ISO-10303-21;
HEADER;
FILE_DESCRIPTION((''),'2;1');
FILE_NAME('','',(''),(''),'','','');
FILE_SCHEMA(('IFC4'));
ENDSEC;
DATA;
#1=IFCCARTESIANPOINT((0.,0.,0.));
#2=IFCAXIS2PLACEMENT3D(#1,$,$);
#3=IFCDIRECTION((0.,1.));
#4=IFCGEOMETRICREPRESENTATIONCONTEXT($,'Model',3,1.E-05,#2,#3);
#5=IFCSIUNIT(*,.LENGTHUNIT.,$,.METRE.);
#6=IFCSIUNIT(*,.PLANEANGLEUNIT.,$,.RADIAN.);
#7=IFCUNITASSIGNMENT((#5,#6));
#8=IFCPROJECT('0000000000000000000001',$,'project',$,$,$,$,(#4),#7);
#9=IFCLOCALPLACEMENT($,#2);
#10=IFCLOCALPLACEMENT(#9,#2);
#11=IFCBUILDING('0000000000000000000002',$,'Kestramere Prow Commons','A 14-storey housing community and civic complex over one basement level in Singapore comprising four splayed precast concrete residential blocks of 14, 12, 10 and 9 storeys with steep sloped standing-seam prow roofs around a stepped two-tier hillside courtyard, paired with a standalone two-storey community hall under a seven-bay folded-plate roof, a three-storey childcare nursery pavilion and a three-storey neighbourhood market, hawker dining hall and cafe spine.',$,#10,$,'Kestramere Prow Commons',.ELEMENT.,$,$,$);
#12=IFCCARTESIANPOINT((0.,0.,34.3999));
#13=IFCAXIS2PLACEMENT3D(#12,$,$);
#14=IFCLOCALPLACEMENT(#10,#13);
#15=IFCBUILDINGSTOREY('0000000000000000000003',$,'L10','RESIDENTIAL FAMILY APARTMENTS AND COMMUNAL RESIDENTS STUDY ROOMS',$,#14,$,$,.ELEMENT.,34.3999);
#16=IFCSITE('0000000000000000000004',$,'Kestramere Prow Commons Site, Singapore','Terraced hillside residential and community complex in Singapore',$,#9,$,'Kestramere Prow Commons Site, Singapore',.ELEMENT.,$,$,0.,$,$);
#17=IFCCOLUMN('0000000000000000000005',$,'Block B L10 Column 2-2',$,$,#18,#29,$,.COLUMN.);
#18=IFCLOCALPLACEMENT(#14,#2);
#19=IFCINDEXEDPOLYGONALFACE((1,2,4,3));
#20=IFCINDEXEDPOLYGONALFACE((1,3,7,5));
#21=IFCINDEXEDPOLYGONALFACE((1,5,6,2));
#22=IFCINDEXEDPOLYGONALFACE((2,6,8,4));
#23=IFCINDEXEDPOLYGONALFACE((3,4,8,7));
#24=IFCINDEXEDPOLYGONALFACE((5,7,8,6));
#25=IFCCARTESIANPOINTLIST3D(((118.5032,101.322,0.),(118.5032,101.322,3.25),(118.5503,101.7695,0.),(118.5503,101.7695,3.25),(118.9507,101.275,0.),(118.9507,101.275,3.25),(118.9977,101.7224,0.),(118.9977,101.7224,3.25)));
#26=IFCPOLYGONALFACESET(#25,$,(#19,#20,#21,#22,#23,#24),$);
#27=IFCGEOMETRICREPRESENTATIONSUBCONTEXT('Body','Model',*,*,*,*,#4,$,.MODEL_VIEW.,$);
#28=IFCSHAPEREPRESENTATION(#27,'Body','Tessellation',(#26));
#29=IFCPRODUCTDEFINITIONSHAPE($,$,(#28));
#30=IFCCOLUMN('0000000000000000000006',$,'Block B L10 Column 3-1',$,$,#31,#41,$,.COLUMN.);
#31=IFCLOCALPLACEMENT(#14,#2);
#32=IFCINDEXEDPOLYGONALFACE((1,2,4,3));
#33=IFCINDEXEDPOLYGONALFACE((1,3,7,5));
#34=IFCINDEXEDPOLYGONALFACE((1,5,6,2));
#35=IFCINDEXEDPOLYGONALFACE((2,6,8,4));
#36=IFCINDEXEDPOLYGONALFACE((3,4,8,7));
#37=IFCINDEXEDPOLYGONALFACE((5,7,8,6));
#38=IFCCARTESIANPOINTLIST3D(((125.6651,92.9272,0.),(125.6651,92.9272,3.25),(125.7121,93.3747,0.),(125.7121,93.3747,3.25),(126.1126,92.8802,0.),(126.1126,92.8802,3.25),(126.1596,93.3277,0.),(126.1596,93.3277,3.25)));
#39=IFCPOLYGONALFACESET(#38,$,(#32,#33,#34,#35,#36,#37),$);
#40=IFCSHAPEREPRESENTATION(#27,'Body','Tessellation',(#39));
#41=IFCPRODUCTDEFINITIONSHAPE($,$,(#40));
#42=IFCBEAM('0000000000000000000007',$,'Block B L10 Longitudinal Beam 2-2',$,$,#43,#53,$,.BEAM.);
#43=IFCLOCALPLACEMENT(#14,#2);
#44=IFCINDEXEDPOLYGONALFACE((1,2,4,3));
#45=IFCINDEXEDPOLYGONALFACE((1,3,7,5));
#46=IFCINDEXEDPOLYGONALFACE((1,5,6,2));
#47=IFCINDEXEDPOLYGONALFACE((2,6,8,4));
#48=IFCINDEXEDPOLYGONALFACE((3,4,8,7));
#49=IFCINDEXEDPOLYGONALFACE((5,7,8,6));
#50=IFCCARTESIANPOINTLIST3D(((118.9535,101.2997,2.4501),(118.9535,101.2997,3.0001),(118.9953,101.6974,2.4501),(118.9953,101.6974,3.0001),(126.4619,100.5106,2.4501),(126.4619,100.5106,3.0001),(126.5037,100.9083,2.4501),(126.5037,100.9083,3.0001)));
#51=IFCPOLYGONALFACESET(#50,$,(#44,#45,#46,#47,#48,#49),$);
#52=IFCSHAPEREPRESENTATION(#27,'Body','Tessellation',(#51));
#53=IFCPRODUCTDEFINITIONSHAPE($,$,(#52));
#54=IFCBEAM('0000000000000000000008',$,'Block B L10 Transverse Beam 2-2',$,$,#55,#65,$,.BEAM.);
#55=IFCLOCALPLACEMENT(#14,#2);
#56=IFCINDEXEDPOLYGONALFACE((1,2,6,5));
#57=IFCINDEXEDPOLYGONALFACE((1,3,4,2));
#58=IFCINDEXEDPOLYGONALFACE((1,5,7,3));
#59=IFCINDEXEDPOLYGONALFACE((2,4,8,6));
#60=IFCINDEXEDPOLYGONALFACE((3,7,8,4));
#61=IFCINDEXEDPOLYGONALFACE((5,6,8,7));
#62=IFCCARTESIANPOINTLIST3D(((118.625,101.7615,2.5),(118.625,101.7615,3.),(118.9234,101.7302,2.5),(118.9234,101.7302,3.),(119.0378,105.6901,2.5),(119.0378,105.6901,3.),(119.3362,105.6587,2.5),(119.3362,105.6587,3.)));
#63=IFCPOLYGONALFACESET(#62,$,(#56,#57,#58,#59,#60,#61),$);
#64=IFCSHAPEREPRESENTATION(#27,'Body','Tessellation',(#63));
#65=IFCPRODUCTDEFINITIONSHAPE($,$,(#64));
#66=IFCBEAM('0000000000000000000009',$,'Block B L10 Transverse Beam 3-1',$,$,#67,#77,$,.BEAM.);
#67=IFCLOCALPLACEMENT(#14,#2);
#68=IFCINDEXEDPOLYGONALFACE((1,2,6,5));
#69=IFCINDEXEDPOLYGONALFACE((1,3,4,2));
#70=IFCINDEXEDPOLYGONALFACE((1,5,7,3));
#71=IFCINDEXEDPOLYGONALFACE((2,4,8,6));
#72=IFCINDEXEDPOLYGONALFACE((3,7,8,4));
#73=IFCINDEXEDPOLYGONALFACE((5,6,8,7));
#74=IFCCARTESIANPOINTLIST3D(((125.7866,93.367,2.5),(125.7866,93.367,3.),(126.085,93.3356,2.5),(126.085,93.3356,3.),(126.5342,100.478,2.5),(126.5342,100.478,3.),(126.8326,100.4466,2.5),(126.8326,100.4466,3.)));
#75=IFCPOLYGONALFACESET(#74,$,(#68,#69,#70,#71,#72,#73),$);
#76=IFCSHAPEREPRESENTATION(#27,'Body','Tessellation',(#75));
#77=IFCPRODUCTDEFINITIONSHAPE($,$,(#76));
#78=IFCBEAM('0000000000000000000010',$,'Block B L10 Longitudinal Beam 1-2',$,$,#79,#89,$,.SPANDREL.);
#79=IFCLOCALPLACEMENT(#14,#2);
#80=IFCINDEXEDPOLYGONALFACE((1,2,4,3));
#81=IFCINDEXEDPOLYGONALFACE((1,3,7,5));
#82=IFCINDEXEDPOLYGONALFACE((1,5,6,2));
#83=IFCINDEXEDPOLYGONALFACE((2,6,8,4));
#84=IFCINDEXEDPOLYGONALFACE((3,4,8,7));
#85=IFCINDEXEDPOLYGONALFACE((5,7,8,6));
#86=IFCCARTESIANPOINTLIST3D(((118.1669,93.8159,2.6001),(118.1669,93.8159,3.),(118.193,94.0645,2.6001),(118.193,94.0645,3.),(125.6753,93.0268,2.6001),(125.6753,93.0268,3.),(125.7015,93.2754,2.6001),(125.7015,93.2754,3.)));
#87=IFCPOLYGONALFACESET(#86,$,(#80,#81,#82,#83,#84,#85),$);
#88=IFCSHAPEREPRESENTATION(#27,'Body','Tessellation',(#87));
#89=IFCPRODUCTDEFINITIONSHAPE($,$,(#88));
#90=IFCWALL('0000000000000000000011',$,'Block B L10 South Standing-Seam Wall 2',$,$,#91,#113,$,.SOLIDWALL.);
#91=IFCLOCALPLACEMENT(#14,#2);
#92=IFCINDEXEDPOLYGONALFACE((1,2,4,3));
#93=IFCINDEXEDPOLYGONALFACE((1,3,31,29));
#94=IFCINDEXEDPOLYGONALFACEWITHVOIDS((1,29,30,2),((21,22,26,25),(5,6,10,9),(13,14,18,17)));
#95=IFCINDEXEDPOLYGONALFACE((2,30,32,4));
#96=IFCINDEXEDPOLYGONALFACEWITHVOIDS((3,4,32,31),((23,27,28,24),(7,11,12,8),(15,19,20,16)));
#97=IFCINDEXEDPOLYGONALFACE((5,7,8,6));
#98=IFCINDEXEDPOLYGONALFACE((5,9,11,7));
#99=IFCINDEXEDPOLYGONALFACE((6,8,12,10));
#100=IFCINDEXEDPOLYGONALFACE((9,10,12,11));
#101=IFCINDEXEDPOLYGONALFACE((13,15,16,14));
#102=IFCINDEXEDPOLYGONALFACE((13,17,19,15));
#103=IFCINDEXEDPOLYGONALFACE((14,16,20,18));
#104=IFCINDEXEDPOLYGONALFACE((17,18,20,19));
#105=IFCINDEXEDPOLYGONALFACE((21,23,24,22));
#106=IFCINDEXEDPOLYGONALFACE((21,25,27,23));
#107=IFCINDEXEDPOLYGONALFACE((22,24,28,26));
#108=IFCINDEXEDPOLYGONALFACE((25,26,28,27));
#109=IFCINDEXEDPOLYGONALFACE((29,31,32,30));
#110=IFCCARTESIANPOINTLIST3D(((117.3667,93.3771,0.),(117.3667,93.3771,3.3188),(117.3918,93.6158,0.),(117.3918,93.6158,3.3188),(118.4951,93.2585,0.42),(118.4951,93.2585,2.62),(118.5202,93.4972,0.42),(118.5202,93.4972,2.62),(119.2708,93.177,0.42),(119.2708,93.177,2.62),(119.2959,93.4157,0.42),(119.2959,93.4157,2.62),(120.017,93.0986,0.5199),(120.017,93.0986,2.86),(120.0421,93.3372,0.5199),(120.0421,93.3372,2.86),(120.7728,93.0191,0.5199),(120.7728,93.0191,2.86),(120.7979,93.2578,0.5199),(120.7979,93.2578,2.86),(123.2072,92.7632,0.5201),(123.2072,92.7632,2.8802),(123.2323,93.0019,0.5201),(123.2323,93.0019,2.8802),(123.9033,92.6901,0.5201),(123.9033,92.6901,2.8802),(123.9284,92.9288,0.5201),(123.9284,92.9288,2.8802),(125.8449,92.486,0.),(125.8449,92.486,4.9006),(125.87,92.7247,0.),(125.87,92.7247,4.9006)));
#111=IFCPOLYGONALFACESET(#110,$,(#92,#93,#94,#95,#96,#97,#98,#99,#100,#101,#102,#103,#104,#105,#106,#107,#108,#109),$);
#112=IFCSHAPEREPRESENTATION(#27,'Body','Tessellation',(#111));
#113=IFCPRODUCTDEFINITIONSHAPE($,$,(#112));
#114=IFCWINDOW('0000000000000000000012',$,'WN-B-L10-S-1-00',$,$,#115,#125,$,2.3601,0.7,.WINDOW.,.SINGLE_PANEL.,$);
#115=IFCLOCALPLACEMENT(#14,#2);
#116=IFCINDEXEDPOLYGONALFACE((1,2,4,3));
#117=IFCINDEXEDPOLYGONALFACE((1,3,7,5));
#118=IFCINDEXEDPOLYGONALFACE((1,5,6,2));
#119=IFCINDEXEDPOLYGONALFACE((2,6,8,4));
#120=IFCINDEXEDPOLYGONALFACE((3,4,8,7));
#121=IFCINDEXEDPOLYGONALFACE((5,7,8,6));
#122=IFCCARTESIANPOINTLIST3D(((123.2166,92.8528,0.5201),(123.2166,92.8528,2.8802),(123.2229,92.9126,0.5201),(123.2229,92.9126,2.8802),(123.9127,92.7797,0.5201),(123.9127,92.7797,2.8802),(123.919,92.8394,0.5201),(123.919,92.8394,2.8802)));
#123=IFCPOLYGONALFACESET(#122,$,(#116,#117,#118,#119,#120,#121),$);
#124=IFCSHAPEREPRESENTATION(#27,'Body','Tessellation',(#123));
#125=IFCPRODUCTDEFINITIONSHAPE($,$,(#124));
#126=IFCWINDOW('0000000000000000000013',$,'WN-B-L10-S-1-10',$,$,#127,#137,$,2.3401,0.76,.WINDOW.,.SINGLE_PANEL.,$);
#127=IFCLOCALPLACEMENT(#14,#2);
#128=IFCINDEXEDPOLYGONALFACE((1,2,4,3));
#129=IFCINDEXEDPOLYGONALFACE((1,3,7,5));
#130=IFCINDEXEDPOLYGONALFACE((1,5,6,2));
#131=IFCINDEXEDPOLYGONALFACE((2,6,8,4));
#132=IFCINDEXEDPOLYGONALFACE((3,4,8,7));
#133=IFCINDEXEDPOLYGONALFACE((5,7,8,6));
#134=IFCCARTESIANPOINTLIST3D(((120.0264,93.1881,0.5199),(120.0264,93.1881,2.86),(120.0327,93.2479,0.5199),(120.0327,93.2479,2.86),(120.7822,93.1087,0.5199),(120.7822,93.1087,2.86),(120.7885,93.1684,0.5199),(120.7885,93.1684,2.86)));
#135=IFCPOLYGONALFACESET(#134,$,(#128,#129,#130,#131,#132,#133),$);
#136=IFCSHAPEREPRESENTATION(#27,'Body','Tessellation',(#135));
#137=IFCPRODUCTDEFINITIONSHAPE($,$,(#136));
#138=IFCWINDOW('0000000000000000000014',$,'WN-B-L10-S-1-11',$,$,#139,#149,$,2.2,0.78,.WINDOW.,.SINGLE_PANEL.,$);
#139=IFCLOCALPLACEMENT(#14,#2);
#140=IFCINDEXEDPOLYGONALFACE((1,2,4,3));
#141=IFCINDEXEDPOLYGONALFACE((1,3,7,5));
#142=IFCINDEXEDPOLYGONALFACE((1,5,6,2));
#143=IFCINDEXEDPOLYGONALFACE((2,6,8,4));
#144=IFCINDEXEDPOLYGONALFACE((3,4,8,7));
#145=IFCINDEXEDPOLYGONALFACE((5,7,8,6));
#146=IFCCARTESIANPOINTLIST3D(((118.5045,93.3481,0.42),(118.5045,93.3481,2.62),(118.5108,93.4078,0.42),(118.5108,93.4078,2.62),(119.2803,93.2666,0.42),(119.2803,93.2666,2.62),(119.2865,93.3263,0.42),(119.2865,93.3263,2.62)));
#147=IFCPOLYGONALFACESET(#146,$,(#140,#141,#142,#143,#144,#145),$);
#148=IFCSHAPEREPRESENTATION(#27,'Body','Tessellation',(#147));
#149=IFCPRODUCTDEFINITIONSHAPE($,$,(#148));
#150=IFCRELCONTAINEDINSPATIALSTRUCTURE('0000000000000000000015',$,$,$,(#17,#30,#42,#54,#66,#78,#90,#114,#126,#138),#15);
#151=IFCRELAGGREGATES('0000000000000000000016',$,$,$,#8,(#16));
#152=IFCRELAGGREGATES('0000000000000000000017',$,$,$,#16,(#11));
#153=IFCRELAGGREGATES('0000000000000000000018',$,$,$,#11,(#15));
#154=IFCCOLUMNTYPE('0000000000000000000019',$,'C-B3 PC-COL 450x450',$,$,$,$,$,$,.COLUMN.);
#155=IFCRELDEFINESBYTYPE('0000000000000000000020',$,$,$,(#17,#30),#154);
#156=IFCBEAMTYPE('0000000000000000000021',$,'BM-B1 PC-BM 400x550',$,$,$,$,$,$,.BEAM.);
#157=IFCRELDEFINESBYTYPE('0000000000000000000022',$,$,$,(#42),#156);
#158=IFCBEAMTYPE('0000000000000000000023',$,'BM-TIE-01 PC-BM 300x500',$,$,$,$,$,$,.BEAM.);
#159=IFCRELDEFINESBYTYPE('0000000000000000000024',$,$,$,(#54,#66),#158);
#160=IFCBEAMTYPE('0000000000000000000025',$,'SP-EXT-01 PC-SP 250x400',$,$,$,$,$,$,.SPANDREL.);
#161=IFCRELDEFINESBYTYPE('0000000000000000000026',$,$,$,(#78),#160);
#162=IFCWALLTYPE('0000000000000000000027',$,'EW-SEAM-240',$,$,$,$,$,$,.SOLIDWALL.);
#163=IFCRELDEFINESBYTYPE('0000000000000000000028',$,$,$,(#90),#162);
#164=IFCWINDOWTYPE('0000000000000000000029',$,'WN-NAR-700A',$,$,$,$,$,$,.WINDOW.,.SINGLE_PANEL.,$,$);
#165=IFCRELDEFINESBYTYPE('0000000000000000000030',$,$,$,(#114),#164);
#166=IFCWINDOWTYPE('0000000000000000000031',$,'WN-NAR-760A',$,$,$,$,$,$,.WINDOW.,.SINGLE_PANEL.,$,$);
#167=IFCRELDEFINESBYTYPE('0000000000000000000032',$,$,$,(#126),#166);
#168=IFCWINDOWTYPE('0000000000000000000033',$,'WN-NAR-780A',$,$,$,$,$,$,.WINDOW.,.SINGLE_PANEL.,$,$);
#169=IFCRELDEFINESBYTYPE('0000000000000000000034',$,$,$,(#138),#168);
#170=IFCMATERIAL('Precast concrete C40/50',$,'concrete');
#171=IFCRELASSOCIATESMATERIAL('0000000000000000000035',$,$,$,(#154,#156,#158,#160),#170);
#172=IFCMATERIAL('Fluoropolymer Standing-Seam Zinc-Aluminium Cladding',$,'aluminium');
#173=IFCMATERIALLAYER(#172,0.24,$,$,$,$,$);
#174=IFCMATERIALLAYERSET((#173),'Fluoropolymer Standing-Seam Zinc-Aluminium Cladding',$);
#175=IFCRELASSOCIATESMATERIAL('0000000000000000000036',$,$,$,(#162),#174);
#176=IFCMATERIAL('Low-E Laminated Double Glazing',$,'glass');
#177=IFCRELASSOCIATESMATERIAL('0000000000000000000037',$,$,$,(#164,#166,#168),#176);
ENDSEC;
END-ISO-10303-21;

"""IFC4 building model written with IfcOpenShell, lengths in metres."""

from ifc_helpers import new_model, si_unit, direction, frame, frame_2d, origin, origin_2d, place, context, subcontext, project, spatial, polyline, rectangle, outline, extrude, material, layer, layer_set, material_profile, profile_set, type_object, element, fill, save


model = new_model("IFC4")

# Units and contexts
model_context = context("Model", 3, precision=1e-05, world=origin(), true_north=direction((0.0, 1.0)))
body_context = subcontext(model_context, "Body", "Model", "MODEL_VIEW")
ifc_project = project(units=[si_unit("LENGTHUNIT", "METRE"), si_unit("PLANEANGLEUNIT", "RADIAN")], contexts=[model_context])

# Site, building, storey
site_placement = place(None, origin())
site = spatial("IfcSite", under=ifc_project, at=site_placement, Name="Kestramere Prow Commons Site, Singapore", Description="Terraced hillside residential and community complex in Singapore", LongName="Kestramere Prow Commons Site, Singapore", CompositionType="ELEMENT", RefElevation=0.0)
building_placement = place(site_placement, origin())
building = spatial("IfcBuilding", under=site, at=building_placement, Name="Kestramere Prow Commons", Description="A 14-storey housing community and civic complex over one basement level in Singapore comprising four splayed precast concrete residential blocks of 14, 12, 10 and 9 storeys with steep sloped standing-seam prow roofs around a stepped two-tier hillside courtyard, paired with a standalone two-storey community hall under a seven-bay folded-plate roof, a three-storey childcare nursery pavilion and a three-storey neighbourhood market, hawker dining hall and cafe spine.", LongName="Kestramere Prow Commons", CompositionType="ELEMENT")
storey_placement = place(building_placement, frame((0.0, 0.0, 34.3999)))
storey = spatial("IfcBuildingStorey", under=building, at=storey_placement, Name="L10", Description="RESIDENTIAL FAMILY APARTMENTS AND COMMUNAL RESIDENTS STUDY ROOMS", CompositionType="ELEMENT", Elevation=34.3999)

# Columns
ifc_material_1 = material(Name="Precast concrete C40/50", Category="concrete")
ifc_material_profile_1 = material_profile(ifc_material_1, rectangle(XDim=0.45, YDim=0.45, at=origin_2d()), Name="PC-COL 450x450")
ifc_profile_set_1 = profile_set([ifc_material_profile_1], Name="Precast concrete C40/50")
column_type = type_object("IfcColumnType", Name="C-B3 PC-COL 450x450", PredefinedType="COLUMN", material=ifc_profile_set_1)
for number, where, z_axis, x_axis, name in (
    (1, (118.7505, 101.5222, 0.0), (0.0, 0.0, 1.0), (0.994522, -0.104528, 0.0), "Block B L10 Column 2-2"),
    (2, (125.9124, 93.1274, 0.0), (0.0, 0.0, 1.0), (0.994522, -0.104528, 0.0), "Block B L10 Column 3-1"),
):
    element("IfcColumn", number, at=place(storey_placement, frame(where, z_axis=z_axis, x_axis=x_axis)), inside=storey, type_object=column_type, Name=name, PredefinedType="COLUMN", context=body_context, shape_type="SweptSolid", body=[
        extrude(rectangle(XDim=0.45, YDim=0.45, at=origin_2d()), origin(), (0.0, 0.0, 1.0), 3.25),
    ])

# Beams
ifc_material_profile_2 = material_profile(ifc_material_1, rectangle(XDim=0.3999, YDim=0.55, at=origin_2d()), Name="PC-BM 400x550")
ifc_profile_set_2 = profile_set([ifc_material_profile_2], Name="Precast concrete C40/50")
beam_type_1 = type_object("IfcBeamType", Name="BM-B1 PC-BM 400x550", PredefinedType="BEAM", material=ifc_profile_set_2)
beam_1_placement = place(storey_placement, frame((118.9744, 101.4985, 2.7251), z_axis=(0.994524, -0.104513, 0.0), x_axis=(0.104513, 0.994524, 0.0)))
element("IfcBeam", 3, at=beam_1_placement, inside=storey, type_object=beam_type_1, Name="Block B L10 Longitudinal Beam 2-2", PredefinedType="BEAM", context=body_context, shape_type="SweptSolid", body=[
    extrude(rectangle(XDim=0.3999, YDim=0.55, at=origin_2d()), origin(), (0.0, 0.0, 1.0), 7.5498),
])
ifc_material_profile_3 = material_profile(ifc_material_1, rectangle(XDim=0.3, YDim=0.5, at=origin_2d()), Name="PC-BM 300x500")
ifc_profile_set_3 = profile_set([ifc_material_profile_3], Name="Precast concrete C40/50")
beam_type_2 = type_object("IfcBeamType", Name="BM-TIE-01 PC-BM 300x500", PredefinedType="BEAM", material=ifc_profile_set_3)
beam_2_placement = place(storey_placement, frame((118.7742, 101.7458, 2.75), z_axis=(0.104514, 0.994523, 0.0), x_axis=(-0.994523, 0.104514, 0.0)))
element("IfcBeam", 4, at=beam_2_placement, inside=storey, type_object=beam_type_2, Name="Block B L10 Transverse Beam 2-2", PredefinedType="BEAM", context=body_context, shape_type="SweptSolid", body=[
    extrude(rectangle(XDim=0.3, YDim=0.5, at=origin_2d()), origin(), (0.0, 0.0, 1.0), 3.9502),
])
beam_3_placement = place(storey_placement, frame((125.9358, 93.3513, 2.75), z_axis=(0.104553, 0.994519, 0.0), x_axis=(-0.994519, 0.104553, 0.0)))
element("IfcBeam", 5, at=beam_3_placement, inside=storey, type_object=beam_type_2, Name="Block B L10 Transverse Beam 3-1", PredefinedType="BEAM", context=body_context, shape_type="SweptSolid", body=[
    extrude(rectangle(XDim=0.3, YDim=0.5, at=origin_2d()), origin(), (0.0, 0.0, 1.0), 7.1501),
])
ifc_material_profile_4 = material_profile(ifc_material_1, rectangle(XDim=0.25, YDim=0.3999, at=origin_2d()), Name="PC-SP 250x400")
ifc_profile_set_4 = profile_set([ifc_material_profile_4], Name="Precast concrete C40/50")
beam_type_3 = type_object("IfcBeamType", Name="SP-EXT-01 PC-SP 250x400", PredefinedType="SPANDREL", material=ifc_profile_set_4)
beam_4_placement = place(storey_placement, frame((118.1799, 93.9402, 2.8), z_axis=(0.994524, -0.104513, 0.0), x_axis=(0.104513, 0.994524, 0.0)))
element("IfcBeam", 6, at=beam_4_placement, inside=storey, type_object=beam_type_3, Name="Block B L10 Longitudinal Beam 1-2", PredefinedType="SPANDREL", context=body_context, shape_type="SweptSolid", body=[
    extrude(rectangle(XDim=0.25, YDim=0.3999, at=origin_2d()), origin(), (0.0, 0.0, 1.0), 7.5498),
])

# Wall, openings, windows
ifc_material_2 = material(Name="Fluoropolymer Standing-Seam Zinc-Aluminium Cladding", Category="aluminium")
ifc_layer_1 = layer(ifc_material_2, 0.24)
ifc_layer_set_1 = layer_set([ifc_layer_1], Name="Fluoropolymer Standing-Seam Zinc-Aluminium Cladding")
wall_type_1 = type_object("IfcWallType", Name="EW-SEAM-240", PredefinedType="SOLIDWALL", material=ifc_layer_set_1)
wall_1_placement = place(storey_placement, frame((125.8574, 92.6055, 0.0), z_axis=(0.0, 0.0, 1.0), x_axis=(-0.994522, 0.10453, 0.0)))
wall_1 = element("IfcWall", 7, at=wall_1_placement, inside=storey, type_object=wall_type_1, Name="Block B L10 South Standing-Seam Wall 2", PredefinedType="SOLIDWALL", context=body_context, shape_type="SweptSolid", body=[
    extrude(outline(polyline([(0.0, 0.0), (8.5249, 0.0), (8.5249, 3.3188), (0.0, 4.9006), (0.0, 0.0)])), frame((0.0, 0.1201, 0.0), z_axis=(0.0, -1.0, 0.0), x_axis=(1.0, 0.0, 0.0)), (0.0, 0.0, 1.0), 0.24),
])
opening_1_placement = place(wall_1_placement, frame((1.9521, 0.0, 0.52)))
opening_1 = element("IfcOpeningElement", 8, at=opening_1_placement, cuts=wall_1, PredefinedType="OPENING", context=body_context, shape_type="SweptSolid", body=[
    extrude(rectangle(XDim=0.7, YDim=2.3601, at=frame_2d((0.3501, 1.1802))), frame((0.0, 0.135, 0.0), z_axis=(0.0, -1.0, 0.0), x_axis=(1.0, 0.0, 0.0)), (0.0, 0.0, 1.0), 0.27),
])
opening_2_placement = place(wall_1_placement, frame((5.1001, 0.0, 0.52)))
opening_2 = element("IfcOpeningElement", 9, at=opening_2_placement, cuts=wall_1, PredefinedType="OPENING", context=body_context, shape_type="SweptSolid", body=[
    extrude(rectangle(XDim=0.76, YDim=2.3401, at=frame_2d((0.3799, 1.1699))), frame((0.0, 0.135, 0.0), z_axis=(0.0, -1.0, 0.0), x_axis=(1.0, 0.0, 0.0)), (0.0, 0.0, 1.0), 0.27),
])
opening_3_placement = place(wall_1_placement, frame((6.6101, 0.0, 0.4199)))
opening_3 = element("IfcOpeningElement", 10, at=opening_3_placement, cuts=wall_1, PredefinedType="OPENING", context=body_context, shape_type="SweptSolid", body=[
    extrude(rectangle(XDim=0.78, YDim=2.2, at=frame_2d((0.3901, 1.1001))), frame((0.0, 0.135, 0.0), z_axis=(0.0, -1.0, 0.0), x_axis=(1.0, 0.0, 0.0)), (0.0, 0.0, 1.0), 0.27),
])
ifc_material_3 = material(Name="Low-E Laminated Double Glazing", Category="glass")
window_type_1 = type_object("IfcWindowType", Name="WN-NAR-700A", PartitioningType="SINGLE_PANEL", PredefinedType="WINDOW", material=ifc_material_3)
window_1_placement = place(opening_1_placement, origin())
window_1 = element("IfcWindow", 11, at=window_1_placement, inside=storey, type_object=window_type_1, Name="WN-B-L10-S-1-00", OverallHeight=2.3601, OverallWidth=0.7, PartitioningType="SINGLE_PANEL", PredefinedType="WINDOW", context=body_context, shape_type="SweptSolid", body=[
    extrude(rectangle(XDim=0.7, YDim=2.3601, at=frame_2d((0.3501, 1.1802))), frame((0.0, 0.03, 0.0), z_axis=(0.0, -1.0, 0.0), x_axis=(1.0, 0.0, 0.0)), (0.0, 0.0, 1.0), 0.0601),
])
fill(opening_1, window_1)
window_type_2 = type_object("IfcWindowType", Name="WN-NAR-760A", PartitioningType="SINGLE_PANEL", PredefinedType="WINDOW", material=ifc_material_3)
window_2_placement = place(opening_2_placement, origin())
window_2 = element("IfcWindow", 12, at=window_2_placement, inside=storey, type_object=window_type_2, Name="WN-B-L10-S-1-10", OverallHeight=2.3401, OverallWidth=0.76, PartitioningType="SINGLE_PANEL", PredefinedType="WINDOW", context=body_context, shape_type="SweptSolid", body=[
    extrude(rectangle(XDim=0.76, YDim=2.3401, at=frame_2d((0.3799, 1.1699))), frame((0.0, 0.03, 0.0), z_axis=(0.0, -1.0, 0.0), x_axis=(1.0, 0.0, 0.0)), (0.0, 0.0, 1.0), 0.0601),
])
fill(opening_2, window_2)
window_type_3 = type_object("IfcWindowType", Name="WN-NAR-780A", PartitioningType="SINGLE_PANEL", PredefinedType="WINDOW", material=ifc_material_3)
window_3_placement = place(opening_3_placement, origin())
window_3 = element("IfcWindow", 13, at=window_3_placement, inside=storey, type_object=window_type_3, Name="WN-B-L10-S-1-11", OverallHeight=2.2, OverallWidth=0.78, PartitioningType="SINGLE_PANEL", PredefinedType="WINDOW", context=body_context, shape_type="SweptSolid", body=[
    extrude(rectangle(XDim=0.78, YDim=2.2, at=frame_2d((0.3901, 1.1001))), frame((0.0, 0.03, 0.0), z_axis=(0.0, -1.0, 0.0), x_axis=(1.0, 0.0, 0.0)), (0.0, 0.0, 1.0), 0.0601),
])
fill(opening_3, window_3)

save(model, "model.ifc")
